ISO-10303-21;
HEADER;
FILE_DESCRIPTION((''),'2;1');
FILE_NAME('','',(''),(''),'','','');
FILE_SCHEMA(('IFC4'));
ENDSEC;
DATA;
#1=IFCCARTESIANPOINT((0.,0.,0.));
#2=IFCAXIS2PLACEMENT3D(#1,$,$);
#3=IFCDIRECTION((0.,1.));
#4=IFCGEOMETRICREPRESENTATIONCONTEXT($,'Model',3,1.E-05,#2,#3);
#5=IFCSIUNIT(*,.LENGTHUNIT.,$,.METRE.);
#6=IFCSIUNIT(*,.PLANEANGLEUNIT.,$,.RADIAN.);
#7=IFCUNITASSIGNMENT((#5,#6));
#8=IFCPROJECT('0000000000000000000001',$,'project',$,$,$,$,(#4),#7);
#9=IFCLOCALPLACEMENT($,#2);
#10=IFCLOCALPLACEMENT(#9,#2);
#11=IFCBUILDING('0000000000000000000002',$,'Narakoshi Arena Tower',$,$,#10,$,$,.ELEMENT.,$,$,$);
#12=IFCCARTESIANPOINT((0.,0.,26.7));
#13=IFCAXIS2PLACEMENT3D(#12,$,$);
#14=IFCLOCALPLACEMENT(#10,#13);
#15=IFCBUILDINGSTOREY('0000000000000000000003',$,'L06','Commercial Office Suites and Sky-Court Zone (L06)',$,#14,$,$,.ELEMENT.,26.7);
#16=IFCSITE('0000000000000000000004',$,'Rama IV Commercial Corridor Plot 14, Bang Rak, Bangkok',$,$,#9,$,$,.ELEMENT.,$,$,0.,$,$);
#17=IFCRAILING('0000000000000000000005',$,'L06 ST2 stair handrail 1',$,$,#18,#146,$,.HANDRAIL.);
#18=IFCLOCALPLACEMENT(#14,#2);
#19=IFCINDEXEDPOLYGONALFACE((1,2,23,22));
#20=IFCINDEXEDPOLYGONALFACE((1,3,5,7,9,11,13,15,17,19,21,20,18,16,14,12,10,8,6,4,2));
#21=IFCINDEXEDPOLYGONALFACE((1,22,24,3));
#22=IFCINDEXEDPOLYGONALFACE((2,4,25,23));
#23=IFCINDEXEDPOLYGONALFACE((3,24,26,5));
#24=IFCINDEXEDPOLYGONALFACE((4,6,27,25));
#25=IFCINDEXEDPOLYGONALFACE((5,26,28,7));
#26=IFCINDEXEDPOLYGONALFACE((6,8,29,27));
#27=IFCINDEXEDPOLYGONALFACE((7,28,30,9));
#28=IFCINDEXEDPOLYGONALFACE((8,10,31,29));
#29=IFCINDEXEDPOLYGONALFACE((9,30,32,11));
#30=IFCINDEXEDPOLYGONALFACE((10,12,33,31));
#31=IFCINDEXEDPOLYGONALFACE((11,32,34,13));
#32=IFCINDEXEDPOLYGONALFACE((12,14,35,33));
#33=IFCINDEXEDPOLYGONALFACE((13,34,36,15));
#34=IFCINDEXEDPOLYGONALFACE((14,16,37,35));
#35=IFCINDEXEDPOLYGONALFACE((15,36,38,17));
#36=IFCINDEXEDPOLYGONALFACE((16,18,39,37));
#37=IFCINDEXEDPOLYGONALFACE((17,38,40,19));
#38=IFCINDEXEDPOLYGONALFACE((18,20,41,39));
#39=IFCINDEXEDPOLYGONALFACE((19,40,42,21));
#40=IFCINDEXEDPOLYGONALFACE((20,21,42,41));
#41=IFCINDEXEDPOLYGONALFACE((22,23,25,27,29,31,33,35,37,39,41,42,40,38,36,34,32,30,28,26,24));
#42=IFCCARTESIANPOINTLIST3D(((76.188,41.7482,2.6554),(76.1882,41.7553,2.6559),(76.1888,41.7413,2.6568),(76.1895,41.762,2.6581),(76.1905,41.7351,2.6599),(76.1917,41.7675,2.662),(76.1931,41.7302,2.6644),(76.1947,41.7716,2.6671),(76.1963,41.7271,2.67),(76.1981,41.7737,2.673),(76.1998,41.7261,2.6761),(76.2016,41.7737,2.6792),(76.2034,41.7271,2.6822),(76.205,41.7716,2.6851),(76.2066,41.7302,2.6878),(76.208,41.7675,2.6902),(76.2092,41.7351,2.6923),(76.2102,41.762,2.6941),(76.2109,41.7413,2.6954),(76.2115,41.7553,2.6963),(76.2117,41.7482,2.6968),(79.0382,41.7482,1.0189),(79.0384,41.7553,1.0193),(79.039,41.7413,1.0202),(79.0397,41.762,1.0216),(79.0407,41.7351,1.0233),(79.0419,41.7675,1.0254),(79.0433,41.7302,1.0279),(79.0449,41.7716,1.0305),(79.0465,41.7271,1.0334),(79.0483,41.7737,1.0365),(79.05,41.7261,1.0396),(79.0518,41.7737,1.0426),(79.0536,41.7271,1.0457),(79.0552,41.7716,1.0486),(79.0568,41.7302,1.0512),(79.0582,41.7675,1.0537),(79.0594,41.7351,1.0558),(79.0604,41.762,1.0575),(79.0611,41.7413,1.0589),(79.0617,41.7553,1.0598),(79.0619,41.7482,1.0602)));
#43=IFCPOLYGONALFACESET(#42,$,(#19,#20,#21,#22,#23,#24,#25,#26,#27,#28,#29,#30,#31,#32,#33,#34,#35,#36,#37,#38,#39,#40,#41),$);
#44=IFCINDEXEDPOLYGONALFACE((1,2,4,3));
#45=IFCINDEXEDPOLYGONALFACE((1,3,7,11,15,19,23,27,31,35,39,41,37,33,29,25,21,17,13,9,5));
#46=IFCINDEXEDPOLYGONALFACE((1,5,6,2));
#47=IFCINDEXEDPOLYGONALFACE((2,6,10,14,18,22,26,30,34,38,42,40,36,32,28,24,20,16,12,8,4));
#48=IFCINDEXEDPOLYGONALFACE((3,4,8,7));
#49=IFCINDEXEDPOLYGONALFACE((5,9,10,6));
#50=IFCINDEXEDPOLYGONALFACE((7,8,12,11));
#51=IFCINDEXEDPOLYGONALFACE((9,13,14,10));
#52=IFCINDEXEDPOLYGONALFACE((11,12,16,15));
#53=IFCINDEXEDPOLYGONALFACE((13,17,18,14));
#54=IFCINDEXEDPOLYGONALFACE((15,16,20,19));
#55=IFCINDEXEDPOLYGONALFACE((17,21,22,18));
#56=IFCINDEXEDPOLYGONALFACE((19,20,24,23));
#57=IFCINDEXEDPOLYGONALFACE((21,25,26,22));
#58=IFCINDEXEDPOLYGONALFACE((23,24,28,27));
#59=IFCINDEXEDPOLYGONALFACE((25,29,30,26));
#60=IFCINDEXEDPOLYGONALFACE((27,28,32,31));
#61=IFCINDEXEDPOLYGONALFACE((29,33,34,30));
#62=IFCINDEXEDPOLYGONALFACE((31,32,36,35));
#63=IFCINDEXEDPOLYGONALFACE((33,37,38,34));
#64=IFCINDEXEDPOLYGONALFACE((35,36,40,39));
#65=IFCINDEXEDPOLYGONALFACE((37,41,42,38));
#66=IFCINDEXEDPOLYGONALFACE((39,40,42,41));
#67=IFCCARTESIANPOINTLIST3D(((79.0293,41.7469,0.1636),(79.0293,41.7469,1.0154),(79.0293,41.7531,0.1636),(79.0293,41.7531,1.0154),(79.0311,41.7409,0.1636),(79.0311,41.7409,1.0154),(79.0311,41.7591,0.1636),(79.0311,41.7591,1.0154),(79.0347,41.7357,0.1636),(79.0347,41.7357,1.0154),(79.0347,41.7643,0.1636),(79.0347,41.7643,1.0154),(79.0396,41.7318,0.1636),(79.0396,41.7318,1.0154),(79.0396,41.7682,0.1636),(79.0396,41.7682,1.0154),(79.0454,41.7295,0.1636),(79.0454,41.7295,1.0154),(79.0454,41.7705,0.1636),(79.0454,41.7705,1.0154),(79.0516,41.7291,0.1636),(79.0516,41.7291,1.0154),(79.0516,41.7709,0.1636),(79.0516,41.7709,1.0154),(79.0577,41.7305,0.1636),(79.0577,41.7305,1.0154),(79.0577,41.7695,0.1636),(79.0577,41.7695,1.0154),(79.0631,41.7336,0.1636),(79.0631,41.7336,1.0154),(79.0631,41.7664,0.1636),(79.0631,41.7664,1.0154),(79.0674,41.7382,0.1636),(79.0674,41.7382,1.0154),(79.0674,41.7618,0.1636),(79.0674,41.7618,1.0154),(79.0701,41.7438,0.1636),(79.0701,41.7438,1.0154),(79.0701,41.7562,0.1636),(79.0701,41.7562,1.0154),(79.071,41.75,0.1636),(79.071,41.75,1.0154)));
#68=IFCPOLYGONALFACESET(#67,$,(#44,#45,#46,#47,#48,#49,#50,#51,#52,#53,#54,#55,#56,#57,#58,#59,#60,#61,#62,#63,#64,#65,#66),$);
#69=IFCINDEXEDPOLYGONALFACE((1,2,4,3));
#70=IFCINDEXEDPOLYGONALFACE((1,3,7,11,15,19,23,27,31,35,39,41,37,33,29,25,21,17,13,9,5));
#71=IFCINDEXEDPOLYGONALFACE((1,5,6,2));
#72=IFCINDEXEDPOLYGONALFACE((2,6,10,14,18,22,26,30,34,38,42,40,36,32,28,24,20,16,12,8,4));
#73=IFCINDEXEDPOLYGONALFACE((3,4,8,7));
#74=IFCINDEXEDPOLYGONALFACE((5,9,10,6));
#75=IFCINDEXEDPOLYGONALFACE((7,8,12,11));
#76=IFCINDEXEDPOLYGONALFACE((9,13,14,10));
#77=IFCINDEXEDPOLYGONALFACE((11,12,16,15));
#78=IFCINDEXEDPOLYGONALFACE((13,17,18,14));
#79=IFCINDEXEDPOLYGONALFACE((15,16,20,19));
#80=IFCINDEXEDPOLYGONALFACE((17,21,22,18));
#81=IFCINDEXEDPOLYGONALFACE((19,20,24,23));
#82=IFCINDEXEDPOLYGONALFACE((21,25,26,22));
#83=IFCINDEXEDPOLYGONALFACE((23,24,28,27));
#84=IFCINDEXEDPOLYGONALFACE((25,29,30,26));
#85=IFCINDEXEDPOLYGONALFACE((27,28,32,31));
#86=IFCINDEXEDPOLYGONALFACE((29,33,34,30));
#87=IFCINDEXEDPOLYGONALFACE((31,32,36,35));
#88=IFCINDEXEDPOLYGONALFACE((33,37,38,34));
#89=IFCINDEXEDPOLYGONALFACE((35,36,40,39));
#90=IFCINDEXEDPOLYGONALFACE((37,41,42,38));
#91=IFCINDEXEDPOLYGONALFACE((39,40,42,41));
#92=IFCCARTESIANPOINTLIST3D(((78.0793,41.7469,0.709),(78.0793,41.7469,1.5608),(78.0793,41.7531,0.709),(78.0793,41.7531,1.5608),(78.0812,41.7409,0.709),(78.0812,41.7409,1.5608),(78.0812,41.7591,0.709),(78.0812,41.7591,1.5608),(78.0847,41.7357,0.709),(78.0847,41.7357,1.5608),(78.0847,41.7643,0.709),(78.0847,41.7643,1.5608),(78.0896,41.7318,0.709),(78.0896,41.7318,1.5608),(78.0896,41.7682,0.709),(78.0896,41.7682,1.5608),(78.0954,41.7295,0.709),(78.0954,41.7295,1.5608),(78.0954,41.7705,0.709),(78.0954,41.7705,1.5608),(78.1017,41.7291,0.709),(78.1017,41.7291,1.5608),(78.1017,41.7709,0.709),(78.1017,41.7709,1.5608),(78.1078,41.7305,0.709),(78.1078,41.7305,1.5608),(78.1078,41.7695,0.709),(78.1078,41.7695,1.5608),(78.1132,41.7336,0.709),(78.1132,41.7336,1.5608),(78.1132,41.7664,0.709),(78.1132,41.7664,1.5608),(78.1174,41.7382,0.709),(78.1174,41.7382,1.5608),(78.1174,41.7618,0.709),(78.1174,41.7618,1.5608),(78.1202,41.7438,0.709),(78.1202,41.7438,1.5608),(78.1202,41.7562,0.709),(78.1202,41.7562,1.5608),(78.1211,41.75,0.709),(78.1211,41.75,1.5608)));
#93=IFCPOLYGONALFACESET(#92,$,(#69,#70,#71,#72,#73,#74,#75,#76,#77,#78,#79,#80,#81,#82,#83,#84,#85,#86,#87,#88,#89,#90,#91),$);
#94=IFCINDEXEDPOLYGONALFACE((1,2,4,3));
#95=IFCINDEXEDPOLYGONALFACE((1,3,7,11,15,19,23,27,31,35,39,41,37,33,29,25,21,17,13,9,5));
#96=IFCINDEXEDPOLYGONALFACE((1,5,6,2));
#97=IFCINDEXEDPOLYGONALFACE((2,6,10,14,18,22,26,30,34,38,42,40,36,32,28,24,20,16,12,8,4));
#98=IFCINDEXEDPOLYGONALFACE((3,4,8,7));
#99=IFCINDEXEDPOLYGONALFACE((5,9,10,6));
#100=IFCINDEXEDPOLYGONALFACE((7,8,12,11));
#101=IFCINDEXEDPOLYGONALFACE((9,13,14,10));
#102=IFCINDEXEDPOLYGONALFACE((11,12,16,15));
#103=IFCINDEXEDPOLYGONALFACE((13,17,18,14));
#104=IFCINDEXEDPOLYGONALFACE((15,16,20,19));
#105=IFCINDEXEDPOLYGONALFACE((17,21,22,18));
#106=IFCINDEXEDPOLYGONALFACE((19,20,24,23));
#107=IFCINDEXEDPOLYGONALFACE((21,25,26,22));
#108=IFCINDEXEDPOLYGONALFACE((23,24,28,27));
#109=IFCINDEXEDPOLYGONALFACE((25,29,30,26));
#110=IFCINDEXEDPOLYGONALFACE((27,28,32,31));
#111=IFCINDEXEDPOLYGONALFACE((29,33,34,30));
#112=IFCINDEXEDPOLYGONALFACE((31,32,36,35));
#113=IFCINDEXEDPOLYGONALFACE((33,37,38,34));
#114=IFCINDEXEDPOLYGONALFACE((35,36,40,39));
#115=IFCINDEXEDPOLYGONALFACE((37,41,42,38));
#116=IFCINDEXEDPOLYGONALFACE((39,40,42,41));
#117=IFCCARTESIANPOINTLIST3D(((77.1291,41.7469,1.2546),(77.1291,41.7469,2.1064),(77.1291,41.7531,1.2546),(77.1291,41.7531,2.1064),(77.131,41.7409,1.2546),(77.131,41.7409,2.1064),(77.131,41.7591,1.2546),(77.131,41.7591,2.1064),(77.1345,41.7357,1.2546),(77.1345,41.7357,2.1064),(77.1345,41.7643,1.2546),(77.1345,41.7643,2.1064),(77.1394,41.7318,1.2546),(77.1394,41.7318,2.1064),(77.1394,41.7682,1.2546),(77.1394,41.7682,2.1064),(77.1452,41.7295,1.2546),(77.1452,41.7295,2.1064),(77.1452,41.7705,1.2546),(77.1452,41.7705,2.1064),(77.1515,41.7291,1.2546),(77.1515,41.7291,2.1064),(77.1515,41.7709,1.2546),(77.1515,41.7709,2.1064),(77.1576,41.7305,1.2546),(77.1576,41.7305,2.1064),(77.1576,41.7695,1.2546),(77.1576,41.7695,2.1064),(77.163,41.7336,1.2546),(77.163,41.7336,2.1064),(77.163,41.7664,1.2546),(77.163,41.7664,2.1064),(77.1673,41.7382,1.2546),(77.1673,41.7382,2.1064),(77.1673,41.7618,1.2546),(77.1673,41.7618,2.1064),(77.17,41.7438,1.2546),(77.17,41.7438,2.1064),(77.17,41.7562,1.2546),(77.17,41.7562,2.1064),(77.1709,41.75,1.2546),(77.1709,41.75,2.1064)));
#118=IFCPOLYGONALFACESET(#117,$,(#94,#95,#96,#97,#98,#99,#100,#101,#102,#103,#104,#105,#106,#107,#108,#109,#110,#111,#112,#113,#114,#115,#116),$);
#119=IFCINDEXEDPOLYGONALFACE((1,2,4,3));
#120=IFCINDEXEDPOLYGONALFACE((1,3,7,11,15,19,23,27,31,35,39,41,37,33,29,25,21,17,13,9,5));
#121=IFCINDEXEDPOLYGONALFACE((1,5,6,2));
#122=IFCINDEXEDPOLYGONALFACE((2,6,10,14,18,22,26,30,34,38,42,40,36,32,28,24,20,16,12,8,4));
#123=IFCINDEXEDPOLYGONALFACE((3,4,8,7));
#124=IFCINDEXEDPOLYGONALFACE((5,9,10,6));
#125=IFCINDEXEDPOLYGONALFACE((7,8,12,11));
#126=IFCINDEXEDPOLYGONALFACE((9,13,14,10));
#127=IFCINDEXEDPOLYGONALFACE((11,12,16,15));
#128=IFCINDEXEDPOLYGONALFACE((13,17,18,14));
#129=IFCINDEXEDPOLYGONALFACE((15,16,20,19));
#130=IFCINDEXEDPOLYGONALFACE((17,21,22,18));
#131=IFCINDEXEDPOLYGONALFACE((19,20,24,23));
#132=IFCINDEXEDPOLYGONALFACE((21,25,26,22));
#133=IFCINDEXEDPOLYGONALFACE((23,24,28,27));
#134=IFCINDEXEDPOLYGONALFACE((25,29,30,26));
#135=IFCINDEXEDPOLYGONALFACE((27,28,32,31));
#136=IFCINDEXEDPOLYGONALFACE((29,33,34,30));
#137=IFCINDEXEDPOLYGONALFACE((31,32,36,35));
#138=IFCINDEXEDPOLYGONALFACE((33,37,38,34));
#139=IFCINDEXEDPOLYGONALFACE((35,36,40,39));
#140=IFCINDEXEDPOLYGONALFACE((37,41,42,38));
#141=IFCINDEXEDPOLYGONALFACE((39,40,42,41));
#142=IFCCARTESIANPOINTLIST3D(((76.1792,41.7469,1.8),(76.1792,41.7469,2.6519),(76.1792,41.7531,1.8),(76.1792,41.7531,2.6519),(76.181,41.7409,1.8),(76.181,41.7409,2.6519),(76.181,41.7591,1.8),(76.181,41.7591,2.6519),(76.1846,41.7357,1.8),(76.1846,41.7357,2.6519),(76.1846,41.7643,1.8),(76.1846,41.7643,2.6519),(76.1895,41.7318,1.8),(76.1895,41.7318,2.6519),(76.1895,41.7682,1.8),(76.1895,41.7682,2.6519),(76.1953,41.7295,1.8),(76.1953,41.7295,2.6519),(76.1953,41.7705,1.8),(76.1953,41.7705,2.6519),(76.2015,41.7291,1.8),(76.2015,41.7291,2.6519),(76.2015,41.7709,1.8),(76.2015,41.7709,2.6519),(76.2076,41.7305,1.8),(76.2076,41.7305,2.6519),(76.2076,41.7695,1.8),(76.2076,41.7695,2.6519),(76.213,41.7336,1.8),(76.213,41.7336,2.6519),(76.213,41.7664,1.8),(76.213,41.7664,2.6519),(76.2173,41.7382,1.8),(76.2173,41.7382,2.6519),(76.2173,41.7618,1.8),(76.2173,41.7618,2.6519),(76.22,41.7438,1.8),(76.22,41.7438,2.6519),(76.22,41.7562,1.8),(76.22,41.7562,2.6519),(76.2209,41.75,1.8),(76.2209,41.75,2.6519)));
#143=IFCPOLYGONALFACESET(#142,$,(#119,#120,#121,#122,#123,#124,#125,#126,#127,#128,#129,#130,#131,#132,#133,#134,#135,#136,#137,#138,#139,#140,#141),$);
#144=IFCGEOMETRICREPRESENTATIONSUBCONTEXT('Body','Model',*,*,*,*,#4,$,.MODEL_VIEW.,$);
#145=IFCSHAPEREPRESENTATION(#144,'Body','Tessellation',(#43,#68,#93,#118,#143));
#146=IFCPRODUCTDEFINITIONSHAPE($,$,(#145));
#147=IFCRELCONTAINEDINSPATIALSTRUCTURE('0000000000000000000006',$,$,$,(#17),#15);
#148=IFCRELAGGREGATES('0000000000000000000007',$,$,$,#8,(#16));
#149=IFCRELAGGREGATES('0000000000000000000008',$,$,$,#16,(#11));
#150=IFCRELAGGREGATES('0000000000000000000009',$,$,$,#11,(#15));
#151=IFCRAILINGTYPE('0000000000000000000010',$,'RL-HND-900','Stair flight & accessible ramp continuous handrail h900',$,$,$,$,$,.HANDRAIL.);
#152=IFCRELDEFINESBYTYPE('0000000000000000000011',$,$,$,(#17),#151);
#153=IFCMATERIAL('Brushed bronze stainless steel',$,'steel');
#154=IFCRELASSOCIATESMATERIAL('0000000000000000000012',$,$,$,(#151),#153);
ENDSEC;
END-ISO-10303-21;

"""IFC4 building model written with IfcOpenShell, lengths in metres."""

from ifc_helpers import new_model, si_unit, direction, frame, origin, origin_2d, place, context, subcontext, project, spatial, circle, extrude, material, type_object, element, save


model = new_model("IFC4")

# Units and contexts
model_context = context("Model", 3, precision=1e-05, world=origin(), true_north=direction((0.0, 1.0)))
body_context = subcontext(model_context, "Body", "Model", "MODEL_VIEW")
ifc_project = project(units=[si_unit("LENGTHUNIT", "METRE"), si_unit("PLANEANGLEUNIT", "RADIAN")], contexts=[model_context])

# Site, building, storey
site_placement = place(None, origin())
site = spatial("IfcSite", under=ifc_project, at=site_placement, Name="Rama IV Commercial Corridor Plot 14, Bang Rak, Bangkok", CompositionType="ELEMENT", RefElevation=0.0)
building_placement = place(site_placement, origin())
building = spatial("IfcBuilding", under=site, at=building_placement, Name="Narakoshi Arena Tower", CompositionType="ELEMENT")
storey_placement = place(building_placement, frame((0.0, 0.0, 26.7)))
storey = spatial("IfcBuildingStorey", under=building, at=storey_placement, Name="L06", Description="Commercial Office Suites and Sky-Court Zone (L06)", CompositionType="ELEMENT", Elevation=26.7)

# Shared definitions
ifc_material_1 = material(Name="Brushed bronze stainless steel", Category="steel")

# Railing
railing_type_1 = type_object("IfcRailingType", Name="RL-HND-900", Description="Stair flight & accessible ramp continuous handrail h900", PredefinedType="HANDRAIL", material=ifc_material_1)
for number, where, name in (
    (1, (79.05, 41.75, 0.1636), "L06 ST2 stair handrail 1"),
):
    element("IfcRailing", number, at=place(storey_placement, frame(where)), inside=storey, type_object=railing_type_1, Name=name, PredefinedType="HANDRAIL", context=body_context, shape_type="SweptSolid", body=[
        extrude(circle(Radius=0.0239, at=origin_2d()), frame((0.0, 0.0, 0.876), z_axis=(-0.867213, 0.0, 0.497938), x_axis=(0.0, -1.0, 0.0)), (0.0, 0.0, 1.0), 3.2866),
        extrude(circle(Radius=0.021, at=origin_2d()), origin(), (0.0, 0.0, 1.0), 0.8518),
        extrude(circle(Radius=0.021, at=origin_2d()), frame((-0.95, 0.0, 0.5454)), (0.0, 0.0, 1.0), 0.8518),
        extrude(circle(Radius=0.021, at=origin_2d()), frame((-1.9001, 0.0, 1.0911)), (0.0, 0.0, 1.0), 0.8518),
        extrude(circle(Radius=0.021, at=origin_2d()), frame((-2.8501, 0.0, 1.6365)), (0.0, 0.0, 1.0), 0.8518),
    ])

save(model, "model.ifc")
